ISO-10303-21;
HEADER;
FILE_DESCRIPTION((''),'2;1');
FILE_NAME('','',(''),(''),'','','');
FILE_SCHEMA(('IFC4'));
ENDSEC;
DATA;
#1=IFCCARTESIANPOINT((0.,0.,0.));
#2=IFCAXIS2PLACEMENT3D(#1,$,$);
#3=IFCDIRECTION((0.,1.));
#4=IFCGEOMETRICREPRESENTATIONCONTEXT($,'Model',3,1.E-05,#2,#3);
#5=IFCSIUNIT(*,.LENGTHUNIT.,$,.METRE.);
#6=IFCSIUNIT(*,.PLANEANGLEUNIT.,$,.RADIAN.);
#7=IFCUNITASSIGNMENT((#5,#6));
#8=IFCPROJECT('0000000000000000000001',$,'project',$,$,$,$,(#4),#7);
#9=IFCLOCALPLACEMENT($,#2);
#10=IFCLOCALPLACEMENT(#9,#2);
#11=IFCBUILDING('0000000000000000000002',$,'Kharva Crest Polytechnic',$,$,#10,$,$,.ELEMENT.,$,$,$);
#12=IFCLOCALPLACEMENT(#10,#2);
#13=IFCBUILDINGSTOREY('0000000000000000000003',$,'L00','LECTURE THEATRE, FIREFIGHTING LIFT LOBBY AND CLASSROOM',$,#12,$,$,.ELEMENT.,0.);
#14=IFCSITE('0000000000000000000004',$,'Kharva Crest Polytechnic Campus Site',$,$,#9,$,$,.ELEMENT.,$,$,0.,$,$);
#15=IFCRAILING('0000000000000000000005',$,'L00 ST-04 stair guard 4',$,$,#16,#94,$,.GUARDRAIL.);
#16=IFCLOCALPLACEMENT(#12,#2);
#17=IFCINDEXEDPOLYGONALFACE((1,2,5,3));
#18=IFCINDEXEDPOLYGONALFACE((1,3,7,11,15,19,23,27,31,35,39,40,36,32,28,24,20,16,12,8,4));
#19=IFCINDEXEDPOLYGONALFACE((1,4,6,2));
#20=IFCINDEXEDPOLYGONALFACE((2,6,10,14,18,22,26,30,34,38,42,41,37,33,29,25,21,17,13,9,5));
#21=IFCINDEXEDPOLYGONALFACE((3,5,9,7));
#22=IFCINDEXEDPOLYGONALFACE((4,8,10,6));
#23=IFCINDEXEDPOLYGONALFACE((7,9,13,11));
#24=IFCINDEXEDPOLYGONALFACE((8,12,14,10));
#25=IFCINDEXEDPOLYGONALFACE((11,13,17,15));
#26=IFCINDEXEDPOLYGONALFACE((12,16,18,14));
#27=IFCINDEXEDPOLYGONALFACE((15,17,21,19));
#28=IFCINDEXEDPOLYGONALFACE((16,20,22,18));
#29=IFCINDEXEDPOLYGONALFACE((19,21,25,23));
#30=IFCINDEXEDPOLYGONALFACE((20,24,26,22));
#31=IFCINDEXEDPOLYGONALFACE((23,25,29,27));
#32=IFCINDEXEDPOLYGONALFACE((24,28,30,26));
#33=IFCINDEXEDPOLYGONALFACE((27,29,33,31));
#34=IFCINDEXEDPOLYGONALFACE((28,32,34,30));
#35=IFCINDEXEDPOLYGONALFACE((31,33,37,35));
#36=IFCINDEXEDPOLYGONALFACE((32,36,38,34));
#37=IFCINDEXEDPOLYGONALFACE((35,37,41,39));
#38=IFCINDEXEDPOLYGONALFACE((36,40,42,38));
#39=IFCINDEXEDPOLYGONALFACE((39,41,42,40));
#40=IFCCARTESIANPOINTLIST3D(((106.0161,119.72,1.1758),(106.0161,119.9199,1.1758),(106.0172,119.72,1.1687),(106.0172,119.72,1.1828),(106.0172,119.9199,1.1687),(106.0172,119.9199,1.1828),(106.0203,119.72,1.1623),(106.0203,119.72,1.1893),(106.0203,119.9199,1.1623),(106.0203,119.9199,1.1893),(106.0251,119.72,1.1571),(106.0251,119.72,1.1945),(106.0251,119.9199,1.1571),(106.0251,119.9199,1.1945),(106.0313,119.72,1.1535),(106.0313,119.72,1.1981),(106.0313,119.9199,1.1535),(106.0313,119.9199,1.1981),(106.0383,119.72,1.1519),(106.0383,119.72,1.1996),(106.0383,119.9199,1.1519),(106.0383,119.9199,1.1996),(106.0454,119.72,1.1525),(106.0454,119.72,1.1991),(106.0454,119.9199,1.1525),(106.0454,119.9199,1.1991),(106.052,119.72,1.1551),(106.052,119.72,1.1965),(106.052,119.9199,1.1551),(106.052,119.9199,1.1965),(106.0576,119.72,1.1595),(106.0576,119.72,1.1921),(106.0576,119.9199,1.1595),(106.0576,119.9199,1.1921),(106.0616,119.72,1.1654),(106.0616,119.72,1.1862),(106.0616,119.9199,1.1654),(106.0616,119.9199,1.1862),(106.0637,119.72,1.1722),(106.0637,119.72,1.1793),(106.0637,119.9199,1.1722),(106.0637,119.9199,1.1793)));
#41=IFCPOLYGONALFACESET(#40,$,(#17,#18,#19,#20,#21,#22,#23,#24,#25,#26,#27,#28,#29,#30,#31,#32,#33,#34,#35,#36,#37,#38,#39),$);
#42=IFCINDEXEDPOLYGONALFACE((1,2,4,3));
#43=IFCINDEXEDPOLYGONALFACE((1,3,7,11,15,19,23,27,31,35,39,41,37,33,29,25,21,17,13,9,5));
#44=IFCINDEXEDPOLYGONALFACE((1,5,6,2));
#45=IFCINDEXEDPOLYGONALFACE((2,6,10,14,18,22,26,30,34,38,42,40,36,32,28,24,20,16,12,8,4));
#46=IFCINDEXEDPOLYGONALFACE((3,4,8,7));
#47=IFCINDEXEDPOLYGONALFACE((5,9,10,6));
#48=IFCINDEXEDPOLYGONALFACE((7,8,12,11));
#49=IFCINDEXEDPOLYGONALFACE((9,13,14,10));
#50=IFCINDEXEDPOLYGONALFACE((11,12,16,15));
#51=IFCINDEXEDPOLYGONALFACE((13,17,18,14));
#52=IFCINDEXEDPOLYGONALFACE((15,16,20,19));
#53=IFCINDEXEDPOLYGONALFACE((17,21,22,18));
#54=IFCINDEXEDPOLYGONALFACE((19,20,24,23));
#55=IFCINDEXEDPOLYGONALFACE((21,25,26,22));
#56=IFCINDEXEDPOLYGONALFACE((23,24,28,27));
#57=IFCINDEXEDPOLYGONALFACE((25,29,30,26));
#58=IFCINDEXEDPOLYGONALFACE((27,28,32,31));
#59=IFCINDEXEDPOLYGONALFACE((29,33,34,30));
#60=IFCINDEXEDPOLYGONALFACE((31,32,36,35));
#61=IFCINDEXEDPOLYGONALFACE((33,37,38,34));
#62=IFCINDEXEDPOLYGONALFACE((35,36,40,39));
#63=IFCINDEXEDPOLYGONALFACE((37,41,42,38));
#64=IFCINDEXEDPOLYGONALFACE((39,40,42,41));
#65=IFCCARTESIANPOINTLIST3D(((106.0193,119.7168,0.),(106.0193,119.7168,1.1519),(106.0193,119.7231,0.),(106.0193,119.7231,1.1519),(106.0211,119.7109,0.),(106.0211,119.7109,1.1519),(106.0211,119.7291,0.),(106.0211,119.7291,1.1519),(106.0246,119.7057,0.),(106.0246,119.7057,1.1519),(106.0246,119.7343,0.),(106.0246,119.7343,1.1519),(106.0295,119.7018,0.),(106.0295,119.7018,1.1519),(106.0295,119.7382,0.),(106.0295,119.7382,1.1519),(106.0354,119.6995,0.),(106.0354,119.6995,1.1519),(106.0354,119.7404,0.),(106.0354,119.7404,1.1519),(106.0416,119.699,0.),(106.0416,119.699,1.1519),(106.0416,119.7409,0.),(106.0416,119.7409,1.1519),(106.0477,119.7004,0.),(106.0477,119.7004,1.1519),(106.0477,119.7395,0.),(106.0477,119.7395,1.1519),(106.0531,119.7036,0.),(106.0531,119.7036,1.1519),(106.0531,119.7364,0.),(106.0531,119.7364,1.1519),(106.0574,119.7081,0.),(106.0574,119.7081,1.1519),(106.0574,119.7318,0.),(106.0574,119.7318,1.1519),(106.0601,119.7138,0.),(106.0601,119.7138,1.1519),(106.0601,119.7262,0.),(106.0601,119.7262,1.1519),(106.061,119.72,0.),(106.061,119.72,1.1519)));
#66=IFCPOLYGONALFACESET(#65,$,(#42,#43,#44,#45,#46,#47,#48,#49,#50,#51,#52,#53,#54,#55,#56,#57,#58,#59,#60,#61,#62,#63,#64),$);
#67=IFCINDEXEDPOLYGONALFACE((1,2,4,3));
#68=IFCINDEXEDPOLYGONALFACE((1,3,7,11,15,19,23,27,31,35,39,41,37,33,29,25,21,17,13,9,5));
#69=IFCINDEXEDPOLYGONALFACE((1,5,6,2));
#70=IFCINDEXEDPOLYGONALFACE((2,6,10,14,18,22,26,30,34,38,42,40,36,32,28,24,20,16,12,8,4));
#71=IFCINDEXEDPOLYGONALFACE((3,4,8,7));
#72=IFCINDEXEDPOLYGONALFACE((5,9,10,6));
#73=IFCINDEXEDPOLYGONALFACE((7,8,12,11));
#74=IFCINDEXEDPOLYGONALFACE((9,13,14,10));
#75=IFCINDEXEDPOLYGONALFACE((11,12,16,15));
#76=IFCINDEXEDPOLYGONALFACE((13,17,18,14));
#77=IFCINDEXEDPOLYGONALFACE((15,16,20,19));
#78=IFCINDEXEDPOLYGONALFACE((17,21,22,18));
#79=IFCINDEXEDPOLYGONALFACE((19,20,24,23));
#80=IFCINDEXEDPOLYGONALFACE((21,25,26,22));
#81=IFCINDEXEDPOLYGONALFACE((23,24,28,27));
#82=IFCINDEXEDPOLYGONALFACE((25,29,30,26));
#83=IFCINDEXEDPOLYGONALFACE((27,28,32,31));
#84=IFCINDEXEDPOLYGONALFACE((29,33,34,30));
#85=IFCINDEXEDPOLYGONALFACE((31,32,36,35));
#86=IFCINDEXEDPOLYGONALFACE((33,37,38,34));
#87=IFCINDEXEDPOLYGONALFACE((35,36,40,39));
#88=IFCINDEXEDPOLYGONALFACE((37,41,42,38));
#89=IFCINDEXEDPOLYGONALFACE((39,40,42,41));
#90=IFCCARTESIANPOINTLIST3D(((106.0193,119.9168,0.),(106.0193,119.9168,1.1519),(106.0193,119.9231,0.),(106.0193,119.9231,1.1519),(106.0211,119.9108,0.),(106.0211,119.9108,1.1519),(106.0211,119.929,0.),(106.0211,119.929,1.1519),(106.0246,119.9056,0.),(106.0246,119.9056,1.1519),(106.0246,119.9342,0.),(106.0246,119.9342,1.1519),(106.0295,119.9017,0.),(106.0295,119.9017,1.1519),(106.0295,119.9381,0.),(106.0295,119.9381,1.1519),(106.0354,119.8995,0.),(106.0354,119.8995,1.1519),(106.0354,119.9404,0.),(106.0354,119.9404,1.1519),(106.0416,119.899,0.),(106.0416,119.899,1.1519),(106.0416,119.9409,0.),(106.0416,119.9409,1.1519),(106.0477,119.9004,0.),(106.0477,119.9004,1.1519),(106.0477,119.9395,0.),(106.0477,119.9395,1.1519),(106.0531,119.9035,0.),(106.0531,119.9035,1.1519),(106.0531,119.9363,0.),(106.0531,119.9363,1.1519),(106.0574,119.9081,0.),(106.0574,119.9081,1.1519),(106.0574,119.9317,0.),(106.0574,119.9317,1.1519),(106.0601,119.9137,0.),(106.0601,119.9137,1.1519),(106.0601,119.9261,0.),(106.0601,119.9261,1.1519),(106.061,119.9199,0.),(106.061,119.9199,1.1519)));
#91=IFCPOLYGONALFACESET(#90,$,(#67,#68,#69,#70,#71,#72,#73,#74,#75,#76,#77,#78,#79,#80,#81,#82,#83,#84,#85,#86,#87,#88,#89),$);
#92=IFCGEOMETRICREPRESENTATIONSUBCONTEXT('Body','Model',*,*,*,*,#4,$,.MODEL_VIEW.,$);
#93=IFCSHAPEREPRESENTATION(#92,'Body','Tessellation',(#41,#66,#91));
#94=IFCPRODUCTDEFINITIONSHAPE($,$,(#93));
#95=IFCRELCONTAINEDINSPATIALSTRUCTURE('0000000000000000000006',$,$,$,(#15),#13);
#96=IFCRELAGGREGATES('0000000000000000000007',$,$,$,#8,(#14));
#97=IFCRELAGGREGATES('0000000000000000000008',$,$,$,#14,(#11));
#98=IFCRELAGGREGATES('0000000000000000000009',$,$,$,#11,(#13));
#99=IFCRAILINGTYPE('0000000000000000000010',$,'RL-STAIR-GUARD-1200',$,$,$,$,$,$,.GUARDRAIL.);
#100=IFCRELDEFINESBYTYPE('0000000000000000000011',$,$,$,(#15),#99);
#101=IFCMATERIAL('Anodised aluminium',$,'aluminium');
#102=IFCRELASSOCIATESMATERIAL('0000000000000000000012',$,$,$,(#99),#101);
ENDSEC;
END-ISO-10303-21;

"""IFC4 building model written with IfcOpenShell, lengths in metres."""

from ifc_helpers import new_model, si_unit, direction, frame, origin, origin_2d, place, context, subcontext, project, spatial, circle, extrude, material, type_object, element, save


model = new_model("IFC4")

# Units and contexts
model_context = context("Model", 3, precision=1e-05, world=origin(), true_north=direction((0.0, 1.0)))
body_context = subcontext(model_context, "Body", "Model", "MODEL_VIEW")
ifc_project = project(units=[si_unit("LENGTHUNIT", "METRE"), si_unit("PLANEANGLEUNIT", "RADIAN")], contexts=[model_context])

# Site, building, storey
site_placement = place(None, origin())
site = spatial("IfcSite", under=ifc_project, at=site_placement, Name="Kharva Crest Polytechnic Campus Site", CompositionType="ELEMENT", RefElevation=0.0)
building_placement = place(site_placement, origin())
building = spatial("IfcBuilding", under=site, at=building_placement, Name="Kharva Crest Polytechnic", CompositionType="ELEMENT")
storey_placement = place(building_placement, origin())
storey = spatial("IfcBuildingStorey", under=building, at=storey_placement, Name="L00", Description="LECTURE THEATRE, FIREFIGHTING LIFT LOBBY AND CLASSROOM", CompositionType="ELEMENT", Elevation=0.0)

# Railing
ifc_material_1 = material(Name="Anodised aluminium", Category="aluminium")
railing_type_1 = type_object("IfcRailingType", Name="RL-STAIR-GUARD-1200", PredefinedType="GUARDRAIL", material=ifc_material_1)
railing_1_placement = place(storey_placement, frame((106.04, 119.72, 0.0)))
element("IfcRailing", 1, at=railing_1_placement, inside=storey, type_object=railing_type_1, Name="L00 ST-04 stair guard 4", PredefinedType="GUARDRAIL", context=body_context, shape_type="SweptSolid", body=[
    extrude(circle(Radius=0.0239, at=origin_2d()), frame((0.0, 0.0, 1.1758), z_axis=(0.0, 1.0, 0.0), x_axis=(-1.0, 0.0, 0.0)), (0.0, 0.0, 1.0), 0.2),
    extrude(circle(Radius=0.021, at=origin_2d()), origin(), (0.0, 0.0, 1.0), 1.1519),
    extrude(circle(Radius=0.021, at=origin_2d()), frame((0.0, 0.2, 0.0)), (0.0, 0.0, 1.0), 1.1519),
])

save(model, "model.ifc")
